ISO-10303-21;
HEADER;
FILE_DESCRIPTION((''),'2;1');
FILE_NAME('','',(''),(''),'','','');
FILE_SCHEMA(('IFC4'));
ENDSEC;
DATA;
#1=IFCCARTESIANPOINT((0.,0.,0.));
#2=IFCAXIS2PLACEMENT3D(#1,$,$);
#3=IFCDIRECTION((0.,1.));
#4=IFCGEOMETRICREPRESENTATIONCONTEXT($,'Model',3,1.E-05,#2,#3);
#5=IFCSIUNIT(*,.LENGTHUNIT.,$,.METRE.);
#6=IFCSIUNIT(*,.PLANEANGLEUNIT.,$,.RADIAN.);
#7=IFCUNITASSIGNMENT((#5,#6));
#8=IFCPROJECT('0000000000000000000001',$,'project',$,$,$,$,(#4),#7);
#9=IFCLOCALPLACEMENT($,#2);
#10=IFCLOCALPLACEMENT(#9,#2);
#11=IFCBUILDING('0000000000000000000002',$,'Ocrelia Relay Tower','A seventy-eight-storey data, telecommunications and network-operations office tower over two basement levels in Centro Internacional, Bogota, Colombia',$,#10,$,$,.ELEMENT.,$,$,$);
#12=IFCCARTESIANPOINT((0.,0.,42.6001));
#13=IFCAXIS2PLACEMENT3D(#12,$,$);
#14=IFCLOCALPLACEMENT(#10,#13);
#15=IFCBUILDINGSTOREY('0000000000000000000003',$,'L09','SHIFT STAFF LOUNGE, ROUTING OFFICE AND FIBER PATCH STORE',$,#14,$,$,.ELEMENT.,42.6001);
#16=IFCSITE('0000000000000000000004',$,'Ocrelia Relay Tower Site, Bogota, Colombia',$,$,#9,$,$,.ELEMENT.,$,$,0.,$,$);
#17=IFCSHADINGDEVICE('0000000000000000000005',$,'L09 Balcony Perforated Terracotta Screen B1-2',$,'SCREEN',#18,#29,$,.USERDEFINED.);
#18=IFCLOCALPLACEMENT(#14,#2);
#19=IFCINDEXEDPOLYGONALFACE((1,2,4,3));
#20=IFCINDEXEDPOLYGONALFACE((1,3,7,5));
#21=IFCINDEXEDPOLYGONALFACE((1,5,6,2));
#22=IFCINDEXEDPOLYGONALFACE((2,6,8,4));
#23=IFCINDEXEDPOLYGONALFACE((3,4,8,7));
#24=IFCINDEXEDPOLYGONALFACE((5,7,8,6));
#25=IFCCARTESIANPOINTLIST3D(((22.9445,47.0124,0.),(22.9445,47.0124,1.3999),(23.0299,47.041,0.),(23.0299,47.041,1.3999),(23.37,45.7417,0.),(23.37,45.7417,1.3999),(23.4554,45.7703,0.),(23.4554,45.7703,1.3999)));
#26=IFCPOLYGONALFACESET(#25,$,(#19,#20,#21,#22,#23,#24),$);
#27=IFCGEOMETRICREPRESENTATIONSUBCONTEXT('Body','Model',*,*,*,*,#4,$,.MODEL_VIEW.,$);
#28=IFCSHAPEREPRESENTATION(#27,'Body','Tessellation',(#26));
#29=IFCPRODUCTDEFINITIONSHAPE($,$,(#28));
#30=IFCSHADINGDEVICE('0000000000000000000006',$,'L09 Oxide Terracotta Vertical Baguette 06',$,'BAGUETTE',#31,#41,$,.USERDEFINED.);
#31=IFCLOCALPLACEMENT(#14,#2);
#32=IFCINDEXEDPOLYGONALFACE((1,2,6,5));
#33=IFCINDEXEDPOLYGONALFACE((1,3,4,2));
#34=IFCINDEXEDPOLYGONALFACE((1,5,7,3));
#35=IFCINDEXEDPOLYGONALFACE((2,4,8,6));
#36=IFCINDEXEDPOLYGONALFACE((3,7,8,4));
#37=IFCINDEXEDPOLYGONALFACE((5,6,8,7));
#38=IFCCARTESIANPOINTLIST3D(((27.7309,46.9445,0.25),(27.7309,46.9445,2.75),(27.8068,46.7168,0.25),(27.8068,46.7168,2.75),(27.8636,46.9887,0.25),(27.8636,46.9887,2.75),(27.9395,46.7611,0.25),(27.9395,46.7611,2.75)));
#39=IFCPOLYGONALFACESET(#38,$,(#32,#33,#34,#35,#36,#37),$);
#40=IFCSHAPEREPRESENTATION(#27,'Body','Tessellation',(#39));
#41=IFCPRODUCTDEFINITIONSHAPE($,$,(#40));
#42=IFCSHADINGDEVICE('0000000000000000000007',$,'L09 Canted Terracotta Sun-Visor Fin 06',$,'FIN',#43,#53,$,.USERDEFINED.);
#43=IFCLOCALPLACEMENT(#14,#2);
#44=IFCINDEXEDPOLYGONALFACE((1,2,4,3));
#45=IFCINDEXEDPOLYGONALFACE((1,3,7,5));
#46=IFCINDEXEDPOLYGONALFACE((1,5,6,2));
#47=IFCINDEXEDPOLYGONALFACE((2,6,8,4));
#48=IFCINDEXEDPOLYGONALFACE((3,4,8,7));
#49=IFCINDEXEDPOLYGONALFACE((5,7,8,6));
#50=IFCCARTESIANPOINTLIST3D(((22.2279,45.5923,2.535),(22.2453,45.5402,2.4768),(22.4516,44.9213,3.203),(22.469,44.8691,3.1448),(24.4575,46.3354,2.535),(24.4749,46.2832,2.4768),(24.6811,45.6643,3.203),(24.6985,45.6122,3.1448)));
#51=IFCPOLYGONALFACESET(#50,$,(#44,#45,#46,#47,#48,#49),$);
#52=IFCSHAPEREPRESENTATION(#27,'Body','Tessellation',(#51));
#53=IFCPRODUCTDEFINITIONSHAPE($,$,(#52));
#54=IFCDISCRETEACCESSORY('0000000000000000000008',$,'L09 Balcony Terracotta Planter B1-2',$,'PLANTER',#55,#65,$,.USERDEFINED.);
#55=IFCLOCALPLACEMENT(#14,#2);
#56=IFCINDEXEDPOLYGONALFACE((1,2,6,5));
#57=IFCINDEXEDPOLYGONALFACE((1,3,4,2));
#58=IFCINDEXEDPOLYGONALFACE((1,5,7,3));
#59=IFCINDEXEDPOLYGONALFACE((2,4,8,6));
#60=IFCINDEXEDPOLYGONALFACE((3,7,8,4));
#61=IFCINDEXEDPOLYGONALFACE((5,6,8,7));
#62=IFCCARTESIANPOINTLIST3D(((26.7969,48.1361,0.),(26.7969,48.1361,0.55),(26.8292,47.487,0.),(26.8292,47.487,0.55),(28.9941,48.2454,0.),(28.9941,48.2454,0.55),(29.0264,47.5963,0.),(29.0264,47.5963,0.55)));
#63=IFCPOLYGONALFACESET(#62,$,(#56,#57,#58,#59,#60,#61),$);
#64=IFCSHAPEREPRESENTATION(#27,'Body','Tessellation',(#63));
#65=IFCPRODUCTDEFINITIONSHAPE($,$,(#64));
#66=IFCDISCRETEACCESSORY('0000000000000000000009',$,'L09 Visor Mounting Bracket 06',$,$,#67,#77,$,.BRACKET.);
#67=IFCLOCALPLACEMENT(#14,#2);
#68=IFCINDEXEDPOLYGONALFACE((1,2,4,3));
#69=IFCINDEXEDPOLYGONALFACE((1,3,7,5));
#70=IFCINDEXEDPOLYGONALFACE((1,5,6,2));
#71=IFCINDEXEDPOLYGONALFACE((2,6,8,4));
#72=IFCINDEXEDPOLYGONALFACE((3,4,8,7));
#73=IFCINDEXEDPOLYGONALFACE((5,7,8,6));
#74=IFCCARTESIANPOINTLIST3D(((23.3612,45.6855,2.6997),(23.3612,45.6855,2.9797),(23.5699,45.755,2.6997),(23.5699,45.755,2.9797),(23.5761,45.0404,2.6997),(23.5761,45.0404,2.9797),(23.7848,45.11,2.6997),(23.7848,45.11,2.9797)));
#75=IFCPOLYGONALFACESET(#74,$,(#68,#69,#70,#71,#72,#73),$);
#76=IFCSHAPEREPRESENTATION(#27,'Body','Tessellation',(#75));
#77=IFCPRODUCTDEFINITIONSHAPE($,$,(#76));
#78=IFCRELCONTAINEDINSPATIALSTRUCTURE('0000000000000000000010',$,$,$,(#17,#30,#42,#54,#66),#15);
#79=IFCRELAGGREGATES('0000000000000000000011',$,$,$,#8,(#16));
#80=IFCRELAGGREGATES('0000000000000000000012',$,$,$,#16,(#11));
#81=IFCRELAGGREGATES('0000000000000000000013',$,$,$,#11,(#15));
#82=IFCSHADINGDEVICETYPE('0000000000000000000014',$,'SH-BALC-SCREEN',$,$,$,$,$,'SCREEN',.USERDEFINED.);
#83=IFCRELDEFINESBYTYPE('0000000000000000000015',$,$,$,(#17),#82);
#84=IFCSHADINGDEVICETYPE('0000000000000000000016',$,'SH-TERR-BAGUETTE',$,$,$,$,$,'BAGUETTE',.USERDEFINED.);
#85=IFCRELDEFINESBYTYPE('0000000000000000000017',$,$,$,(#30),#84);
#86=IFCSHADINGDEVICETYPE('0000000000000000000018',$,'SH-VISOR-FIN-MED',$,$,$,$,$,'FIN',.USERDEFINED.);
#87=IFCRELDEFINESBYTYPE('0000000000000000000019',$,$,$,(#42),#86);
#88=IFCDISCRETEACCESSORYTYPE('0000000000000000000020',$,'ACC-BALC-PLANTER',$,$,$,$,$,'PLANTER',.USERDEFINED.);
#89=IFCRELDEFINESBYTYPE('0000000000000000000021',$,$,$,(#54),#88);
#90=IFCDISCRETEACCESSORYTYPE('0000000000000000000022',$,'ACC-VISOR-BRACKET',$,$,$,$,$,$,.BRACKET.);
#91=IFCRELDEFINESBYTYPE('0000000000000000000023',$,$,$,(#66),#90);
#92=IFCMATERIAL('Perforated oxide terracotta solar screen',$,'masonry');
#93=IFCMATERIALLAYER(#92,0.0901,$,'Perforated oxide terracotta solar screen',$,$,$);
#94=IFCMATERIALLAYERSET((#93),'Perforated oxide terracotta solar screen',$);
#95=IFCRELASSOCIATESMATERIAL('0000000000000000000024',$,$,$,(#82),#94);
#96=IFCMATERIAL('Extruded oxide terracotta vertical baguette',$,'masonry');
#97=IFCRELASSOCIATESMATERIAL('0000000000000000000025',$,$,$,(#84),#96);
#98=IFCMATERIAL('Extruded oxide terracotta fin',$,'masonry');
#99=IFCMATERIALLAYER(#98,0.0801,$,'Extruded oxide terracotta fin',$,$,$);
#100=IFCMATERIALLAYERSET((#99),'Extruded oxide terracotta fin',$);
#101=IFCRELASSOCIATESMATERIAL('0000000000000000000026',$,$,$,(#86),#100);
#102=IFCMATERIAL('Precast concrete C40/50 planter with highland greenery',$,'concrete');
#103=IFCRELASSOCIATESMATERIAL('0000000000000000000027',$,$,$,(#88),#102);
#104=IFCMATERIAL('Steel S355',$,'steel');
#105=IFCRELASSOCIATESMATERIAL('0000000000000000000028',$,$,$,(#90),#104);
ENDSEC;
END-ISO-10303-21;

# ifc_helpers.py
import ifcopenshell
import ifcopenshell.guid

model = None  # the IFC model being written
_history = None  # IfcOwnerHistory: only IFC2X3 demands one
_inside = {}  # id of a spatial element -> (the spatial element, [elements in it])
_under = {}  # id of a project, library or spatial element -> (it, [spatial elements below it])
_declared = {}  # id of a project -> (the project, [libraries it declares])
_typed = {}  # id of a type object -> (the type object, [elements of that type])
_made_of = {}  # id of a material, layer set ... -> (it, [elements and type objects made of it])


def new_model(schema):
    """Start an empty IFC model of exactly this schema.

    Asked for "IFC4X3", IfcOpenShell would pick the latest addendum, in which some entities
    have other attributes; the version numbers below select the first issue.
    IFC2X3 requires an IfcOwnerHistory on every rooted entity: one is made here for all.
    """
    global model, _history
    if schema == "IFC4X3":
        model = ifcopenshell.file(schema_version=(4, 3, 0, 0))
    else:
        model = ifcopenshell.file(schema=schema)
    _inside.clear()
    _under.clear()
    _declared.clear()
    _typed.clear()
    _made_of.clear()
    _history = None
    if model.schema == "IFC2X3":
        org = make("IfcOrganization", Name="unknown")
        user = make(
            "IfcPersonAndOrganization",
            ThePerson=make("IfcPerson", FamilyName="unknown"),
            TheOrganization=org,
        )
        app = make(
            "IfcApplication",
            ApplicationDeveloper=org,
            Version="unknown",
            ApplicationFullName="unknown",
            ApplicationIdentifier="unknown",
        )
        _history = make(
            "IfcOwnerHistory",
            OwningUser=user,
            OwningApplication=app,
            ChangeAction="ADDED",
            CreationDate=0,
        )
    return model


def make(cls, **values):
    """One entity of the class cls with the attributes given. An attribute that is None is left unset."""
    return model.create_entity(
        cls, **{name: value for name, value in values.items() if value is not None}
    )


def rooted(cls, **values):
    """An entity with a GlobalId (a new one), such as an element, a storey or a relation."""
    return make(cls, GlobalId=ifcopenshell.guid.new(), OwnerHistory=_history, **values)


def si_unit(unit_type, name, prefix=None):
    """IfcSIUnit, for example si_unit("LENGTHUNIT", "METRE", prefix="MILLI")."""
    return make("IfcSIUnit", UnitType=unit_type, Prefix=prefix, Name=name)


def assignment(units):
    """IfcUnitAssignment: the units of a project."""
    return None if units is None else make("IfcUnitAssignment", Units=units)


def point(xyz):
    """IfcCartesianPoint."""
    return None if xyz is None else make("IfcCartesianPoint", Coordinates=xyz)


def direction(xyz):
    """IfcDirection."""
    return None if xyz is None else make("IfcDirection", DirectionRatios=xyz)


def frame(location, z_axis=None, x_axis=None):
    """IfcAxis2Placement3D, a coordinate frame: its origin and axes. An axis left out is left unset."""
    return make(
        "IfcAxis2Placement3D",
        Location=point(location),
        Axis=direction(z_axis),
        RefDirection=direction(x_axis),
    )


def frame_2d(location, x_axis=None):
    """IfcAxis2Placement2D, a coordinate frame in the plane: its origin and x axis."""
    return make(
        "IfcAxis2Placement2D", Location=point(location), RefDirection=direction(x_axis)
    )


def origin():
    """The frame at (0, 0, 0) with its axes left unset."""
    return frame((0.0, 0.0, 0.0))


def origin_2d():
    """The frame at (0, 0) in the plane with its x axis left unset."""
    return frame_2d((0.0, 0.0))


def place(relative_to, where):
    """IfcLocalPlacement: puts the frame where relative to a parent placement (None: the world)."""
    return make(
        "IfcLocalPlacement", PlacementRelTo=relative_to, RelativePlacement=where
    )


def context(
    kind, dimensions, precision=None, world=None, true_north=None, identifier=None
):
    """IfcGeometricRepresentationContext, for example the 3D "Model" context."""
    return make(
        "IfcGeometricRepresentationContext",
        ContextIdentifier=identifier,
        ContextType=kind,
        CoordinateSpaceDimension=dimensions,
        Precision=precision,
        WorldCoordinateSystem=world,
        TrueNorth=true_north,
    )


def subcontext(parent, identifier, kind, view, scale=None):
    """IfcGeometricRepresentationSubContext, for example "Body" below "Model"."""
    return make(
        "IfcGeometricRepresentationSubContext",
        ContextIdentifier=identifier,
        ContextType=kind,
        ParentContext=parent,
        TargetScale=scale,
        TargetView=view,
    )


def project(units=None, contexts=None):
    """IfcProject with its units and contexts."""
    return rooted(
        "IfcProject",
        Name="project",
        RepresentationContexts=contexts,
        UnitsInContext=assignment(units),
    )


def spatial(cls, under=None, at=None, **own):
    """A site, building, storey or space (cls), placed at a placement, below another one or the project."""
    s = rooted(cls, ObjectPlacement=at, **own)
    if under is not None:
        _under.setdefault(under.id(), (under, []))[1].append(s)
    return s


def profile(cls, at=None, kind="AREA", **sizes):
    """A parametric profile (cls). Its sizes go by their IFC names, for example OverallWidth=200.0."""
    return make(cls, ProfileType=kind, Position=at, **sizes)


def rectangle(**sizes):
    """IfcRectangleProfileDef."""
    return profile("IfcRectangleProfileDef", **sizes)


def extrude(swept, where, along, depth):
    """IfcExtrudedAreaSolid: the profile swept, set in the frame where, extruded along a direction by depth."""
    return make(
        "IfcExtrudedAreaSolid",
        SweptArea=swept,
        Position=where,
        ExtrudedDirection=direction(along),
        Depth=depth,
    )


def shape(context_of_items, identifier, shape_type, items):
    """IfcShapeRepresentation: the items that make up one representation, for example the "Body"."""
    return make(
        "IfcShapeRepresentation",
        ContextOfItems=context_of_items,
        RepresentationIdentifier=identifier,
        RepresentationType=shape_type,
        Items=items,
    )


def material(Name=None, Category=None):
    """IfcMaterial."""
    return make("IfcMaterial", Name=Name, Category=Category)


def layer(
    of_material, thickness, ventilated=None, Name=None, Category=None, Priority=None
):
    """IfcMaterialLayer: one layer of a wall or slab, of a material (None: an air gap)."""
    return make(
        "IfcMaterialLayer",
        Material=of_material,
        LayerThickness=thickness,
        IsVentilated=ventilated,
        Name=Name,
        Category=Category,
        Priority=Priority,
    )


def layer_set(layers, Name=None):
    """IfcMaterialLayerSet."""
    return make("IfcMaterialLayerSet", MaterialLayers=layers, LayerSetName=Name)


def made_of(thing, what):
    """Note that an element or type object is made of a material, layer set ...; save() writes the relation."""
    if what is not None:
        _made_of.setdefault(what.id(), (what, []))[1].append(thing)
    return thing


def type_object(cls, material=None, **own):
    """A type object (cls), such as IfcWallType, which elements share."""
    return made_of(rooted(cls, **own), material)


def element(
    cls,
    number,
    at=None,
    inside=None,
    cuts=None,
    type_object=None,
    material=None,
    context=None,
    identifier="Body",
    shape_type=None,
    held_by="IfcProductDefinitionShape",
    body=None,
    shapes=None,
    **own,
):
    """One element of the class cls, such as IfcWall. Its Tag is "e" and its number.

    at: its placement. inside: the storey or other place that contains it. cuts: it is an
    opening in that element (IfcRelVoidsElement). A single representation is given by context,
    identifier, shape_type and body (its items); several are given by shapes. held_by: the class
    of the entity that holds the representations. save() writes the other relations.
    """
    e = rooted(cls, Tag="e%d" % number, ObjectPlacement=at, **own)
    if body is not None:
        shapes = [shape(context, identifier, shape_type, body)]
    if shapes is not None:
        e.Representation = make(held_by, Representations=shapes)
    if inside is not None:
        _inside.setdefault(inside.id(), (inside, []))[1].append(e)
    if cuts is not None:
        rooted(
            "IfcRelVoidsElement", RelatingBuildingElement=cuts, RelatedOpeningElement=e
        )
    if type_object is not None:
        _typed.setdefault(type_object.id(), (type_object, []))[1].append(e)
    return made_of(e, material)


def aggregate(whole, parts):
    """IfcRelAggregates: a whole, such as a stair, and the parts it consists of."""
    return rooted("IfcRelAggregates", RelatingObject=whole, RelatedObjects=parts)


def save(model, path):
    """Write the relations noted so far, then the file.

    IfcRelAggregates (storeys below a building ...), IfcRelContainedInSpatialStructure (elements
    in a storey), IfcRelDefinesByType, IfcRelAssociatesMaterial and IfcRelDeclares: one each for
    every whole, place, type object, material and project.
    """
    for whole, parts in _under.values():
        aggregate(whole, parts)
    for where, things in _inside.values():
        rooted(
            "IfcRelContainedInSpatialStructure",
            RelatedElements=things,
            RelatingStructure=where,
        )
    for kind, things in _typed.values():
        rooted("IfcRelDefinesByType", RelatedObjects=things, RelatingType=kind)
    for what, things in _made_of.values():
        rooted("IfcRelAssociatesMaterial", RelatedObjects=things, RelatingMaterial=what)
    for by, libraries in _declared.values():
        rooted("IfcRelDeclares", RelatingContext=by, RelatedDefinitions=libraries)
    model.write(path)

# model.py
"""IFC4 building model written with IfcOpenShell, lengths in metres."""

from ifc_helpers import new_model, si_unit, direction, frame, origin, origin_2d, place, context, subcontext, project, spatial, rectangle, extrude, material, layer, layer_set, type_object, element, save


model = new_model("IFC4")

# Units and contexts
model_context = context("Model", 3, precision=1e-05, world=origin(), true_north=direction((0.0, 1.0)))
body_context = subcontext(model_context, "Body", "Model", "MODEL_VIEW")
ifc_project = project(units=[si_unit("LENGTHUNIT", "METRE"), si_unit("PLANEANGLEUNIT", "RADIAN")], contexts=[model_context])

# Site, building, storey
site_placement = place(None, origin())
site = spatial("IfcSite", under=ifc_project, at=site_placement, Name="Ocrelia Relay Tower Site, Bogota, Colombia", CompositionType="ELEMENT", RefElevation=0.0)
building_placement = place(site_placement, origin())
building = spatial("IfcBuilding", under=site, at=building_placement, Name="Ocrelia Relay Tower", Description="A seventy-eight-storey data, telecommunications and network-operations office tower over two basement levels in Centro Internacional, Bogota, Colombia", CompositionType="ELEMENT")
storey_placement = place(building_placement, frame((0.0, 0.0, 42.6001)))
storey = spatial("IfcBuildingStorey", under=building, at=storey_placement, Name="L09", Description="SHIFT STAFF LOUNGE, ROUTING OFFICE AND FIBER PATCH STORE", CompositionType="ELEMENT", Elevation=42.6001)

# Shared definitions
ifc_material_1 = material(Name="Steel S355", Category="steel")

# Shading devices
ifc_material_2 = material(Name="Perforated oxide terracotta solar screen", Category="masonry")
ifc_layer_1 = layer(ifc_material_2, 0.0901, Name="Perforated oxide terracotta solar screen")
ifc_layer_set_1 = layer_set([ifc_layer_1], Name="Perforated oxide terracotta solar screen")
shading_device_type_1 = type_object("IfcShadingDeviceType", Name="SH-BALC-SCREEN", ElementType="SCREEN", PredefinedType="USERDEFINED", material=ifc_layer_set_1)
shading_device_1_placement = place(storey_placement, frame((23.2, 46.3914, 0.0), z_axis=(0.0, 0.0, 1.0), x_axis=(-0.317541, 0.948245, 0.0)))
element("IfcShadingDevice", 1, at=shading_device_1_placement, inside=storey, type_object=shading_device_type_1, Name="L09 Balcony Perforated Terracotta Screen B1-2", ObjectType="SCREEN", PredefinedType="USERDEFINED", context=body_context, shape_type="SweptSolid", body=[
    extrude(rectangle(XDim=1.3401, YDim=0.0901, at=origin_2d()), origin(), (0.0, 0.0, 1.0), 1.3999),
])
ifc_material_3 = material(Name="Extruded oxide terracotta vertical baguette", Category="masonry")
shading_device_type_2 = type_object("IfcShadingDeviceType", Name="SH-TERR-BAGUETTE", ElementType="BAGUETTE", PredefinedType="USERDEFINED", material=ifc_material_3)
shading_device_2_placement = place(storey_placement, frame((27.8352, 46.8528, 0.25), z_axis=(0.0, 0.0, 1.0), x_axis=(-0.9487, -0.316177, 0.0)))
element("IfcShadingDevice", 2, at=shading_device_2_placement, inside=storey, type_object=shading_device_type_2, Name="L09 Oxide Terracotta Vertical Baguette 06", ObjectType="BAGUETTE", PredefinedType="USERDEFINED", context=body_context, shape_type="SweptSolid", body=[
    extrude(rectangle(XDim=0.1399, YDim=0.24, at=origin_2d()), origin(), (0.0, 0.0, 1.0), 2.5),
])
ifc_material_4 = material(Name="Extruded oxide terracotta fin", Category="masonry")
ifc_layer_2 = layer(ifc_material_4, 0.0801, Name="Extruded oxide terracotta fin")
ifc_layer_set_2 = layer_set([ifc_layer_2], Name="Extruded oxide terracotta fin")
shading_device_type_3 = type_object("IfcShadingDeviceType", Name="SH-VISOR-FIN-MED", ElementType="FIN", PredefinedType="USERDEFINED", material=ifc_layer_set_2)
shading_device_3_placement = place(storey_placement, frame((23.4719, 45.5762, 2.8108), z_axis=(-0.217081, 0.651359, 0.727054), x_axis=(-0.9487, -0.316177, 0.0)))
element("IfcShadingDevice", 3, at=shading_device_3_placement, inside=storey, type_object=shading_device_type_3, Name="L09 Canted Terracotta Sun-Visor Fin 06", ObjectType="FIN", PredefinedType="USERDEFINED", context=body_context, shape_type="SweptSolid", body=[
    extrude(rectangle(XDim=2.3501, YDim=0.9729, at=origin_2d()), origin(), (0.0, 0.0, 1.0), 0.0801),
])

# Discrete accessories
ifc_material_5 = material(Name="Precast concrete C40/50 planter with highland greenery", Category="concrete")
discrete_accessory_type_1 = type_object("IfcDiscreteAccessoryType", Name="ACC-BALC-PLANTER", ElementType="PLANTER", PredefinedType="USERDEFINED", material=ifc_material_5)
discrete_accessory_1_placement = place(storey_placement, frame((27.9116, 47.8662, 0.0), z_axis=(0.0, 0.0, 1.0), x_axis=(0.998763, 0.049716, 0.0)))
element("IfcDiscreteAccessory", 4, at=discrete_accessory_1_placement, inside=storey, type_object=discrete_accessory_type_1, Name="L09 Balcony Terracotta Planter B1-2", ObjectType="PLANTER", PredefinedType="USERDEFINED", context=body_context, shape_type="SweptSolid", body=[
    extrude(rectangle(XDim=2.2, YDim=0.6499, at=origin_2d()), origin(), (0.0, 0.0, 1.0), 0.55),
])
discrete_accessory_type_2 = type_object("IfcDiscreteAccessoryType", Name="ACC-VISOR-BRACKET", PredefinedType="BRACKET", material=ifc_material_1)
discrete_accessory_2_placement = place(storey_placement, frame((23.573, 45.3977, 2.6997), z_axis=(0.0, 0.0, 1.0), x_axis=(-0.9487, -0.316177, 0.0)))
element("IfcDiscreteAccessory", 5, at=discrete_accessory_2_placement, inside=storey, type_object=discrete_accessory_type_2, Name="L09 Visor Mounting Bracket 06", PredefinedType="BRACKET", context=body_context, shape_type="SweptSolid", body=[
    extrude(rectangle(XDim=0.22, YDim=0.6799, at=origin_2d()), origin(), (0.0, 0.0, 1.0), 0.28),
])

save(model, "model.ifc")
